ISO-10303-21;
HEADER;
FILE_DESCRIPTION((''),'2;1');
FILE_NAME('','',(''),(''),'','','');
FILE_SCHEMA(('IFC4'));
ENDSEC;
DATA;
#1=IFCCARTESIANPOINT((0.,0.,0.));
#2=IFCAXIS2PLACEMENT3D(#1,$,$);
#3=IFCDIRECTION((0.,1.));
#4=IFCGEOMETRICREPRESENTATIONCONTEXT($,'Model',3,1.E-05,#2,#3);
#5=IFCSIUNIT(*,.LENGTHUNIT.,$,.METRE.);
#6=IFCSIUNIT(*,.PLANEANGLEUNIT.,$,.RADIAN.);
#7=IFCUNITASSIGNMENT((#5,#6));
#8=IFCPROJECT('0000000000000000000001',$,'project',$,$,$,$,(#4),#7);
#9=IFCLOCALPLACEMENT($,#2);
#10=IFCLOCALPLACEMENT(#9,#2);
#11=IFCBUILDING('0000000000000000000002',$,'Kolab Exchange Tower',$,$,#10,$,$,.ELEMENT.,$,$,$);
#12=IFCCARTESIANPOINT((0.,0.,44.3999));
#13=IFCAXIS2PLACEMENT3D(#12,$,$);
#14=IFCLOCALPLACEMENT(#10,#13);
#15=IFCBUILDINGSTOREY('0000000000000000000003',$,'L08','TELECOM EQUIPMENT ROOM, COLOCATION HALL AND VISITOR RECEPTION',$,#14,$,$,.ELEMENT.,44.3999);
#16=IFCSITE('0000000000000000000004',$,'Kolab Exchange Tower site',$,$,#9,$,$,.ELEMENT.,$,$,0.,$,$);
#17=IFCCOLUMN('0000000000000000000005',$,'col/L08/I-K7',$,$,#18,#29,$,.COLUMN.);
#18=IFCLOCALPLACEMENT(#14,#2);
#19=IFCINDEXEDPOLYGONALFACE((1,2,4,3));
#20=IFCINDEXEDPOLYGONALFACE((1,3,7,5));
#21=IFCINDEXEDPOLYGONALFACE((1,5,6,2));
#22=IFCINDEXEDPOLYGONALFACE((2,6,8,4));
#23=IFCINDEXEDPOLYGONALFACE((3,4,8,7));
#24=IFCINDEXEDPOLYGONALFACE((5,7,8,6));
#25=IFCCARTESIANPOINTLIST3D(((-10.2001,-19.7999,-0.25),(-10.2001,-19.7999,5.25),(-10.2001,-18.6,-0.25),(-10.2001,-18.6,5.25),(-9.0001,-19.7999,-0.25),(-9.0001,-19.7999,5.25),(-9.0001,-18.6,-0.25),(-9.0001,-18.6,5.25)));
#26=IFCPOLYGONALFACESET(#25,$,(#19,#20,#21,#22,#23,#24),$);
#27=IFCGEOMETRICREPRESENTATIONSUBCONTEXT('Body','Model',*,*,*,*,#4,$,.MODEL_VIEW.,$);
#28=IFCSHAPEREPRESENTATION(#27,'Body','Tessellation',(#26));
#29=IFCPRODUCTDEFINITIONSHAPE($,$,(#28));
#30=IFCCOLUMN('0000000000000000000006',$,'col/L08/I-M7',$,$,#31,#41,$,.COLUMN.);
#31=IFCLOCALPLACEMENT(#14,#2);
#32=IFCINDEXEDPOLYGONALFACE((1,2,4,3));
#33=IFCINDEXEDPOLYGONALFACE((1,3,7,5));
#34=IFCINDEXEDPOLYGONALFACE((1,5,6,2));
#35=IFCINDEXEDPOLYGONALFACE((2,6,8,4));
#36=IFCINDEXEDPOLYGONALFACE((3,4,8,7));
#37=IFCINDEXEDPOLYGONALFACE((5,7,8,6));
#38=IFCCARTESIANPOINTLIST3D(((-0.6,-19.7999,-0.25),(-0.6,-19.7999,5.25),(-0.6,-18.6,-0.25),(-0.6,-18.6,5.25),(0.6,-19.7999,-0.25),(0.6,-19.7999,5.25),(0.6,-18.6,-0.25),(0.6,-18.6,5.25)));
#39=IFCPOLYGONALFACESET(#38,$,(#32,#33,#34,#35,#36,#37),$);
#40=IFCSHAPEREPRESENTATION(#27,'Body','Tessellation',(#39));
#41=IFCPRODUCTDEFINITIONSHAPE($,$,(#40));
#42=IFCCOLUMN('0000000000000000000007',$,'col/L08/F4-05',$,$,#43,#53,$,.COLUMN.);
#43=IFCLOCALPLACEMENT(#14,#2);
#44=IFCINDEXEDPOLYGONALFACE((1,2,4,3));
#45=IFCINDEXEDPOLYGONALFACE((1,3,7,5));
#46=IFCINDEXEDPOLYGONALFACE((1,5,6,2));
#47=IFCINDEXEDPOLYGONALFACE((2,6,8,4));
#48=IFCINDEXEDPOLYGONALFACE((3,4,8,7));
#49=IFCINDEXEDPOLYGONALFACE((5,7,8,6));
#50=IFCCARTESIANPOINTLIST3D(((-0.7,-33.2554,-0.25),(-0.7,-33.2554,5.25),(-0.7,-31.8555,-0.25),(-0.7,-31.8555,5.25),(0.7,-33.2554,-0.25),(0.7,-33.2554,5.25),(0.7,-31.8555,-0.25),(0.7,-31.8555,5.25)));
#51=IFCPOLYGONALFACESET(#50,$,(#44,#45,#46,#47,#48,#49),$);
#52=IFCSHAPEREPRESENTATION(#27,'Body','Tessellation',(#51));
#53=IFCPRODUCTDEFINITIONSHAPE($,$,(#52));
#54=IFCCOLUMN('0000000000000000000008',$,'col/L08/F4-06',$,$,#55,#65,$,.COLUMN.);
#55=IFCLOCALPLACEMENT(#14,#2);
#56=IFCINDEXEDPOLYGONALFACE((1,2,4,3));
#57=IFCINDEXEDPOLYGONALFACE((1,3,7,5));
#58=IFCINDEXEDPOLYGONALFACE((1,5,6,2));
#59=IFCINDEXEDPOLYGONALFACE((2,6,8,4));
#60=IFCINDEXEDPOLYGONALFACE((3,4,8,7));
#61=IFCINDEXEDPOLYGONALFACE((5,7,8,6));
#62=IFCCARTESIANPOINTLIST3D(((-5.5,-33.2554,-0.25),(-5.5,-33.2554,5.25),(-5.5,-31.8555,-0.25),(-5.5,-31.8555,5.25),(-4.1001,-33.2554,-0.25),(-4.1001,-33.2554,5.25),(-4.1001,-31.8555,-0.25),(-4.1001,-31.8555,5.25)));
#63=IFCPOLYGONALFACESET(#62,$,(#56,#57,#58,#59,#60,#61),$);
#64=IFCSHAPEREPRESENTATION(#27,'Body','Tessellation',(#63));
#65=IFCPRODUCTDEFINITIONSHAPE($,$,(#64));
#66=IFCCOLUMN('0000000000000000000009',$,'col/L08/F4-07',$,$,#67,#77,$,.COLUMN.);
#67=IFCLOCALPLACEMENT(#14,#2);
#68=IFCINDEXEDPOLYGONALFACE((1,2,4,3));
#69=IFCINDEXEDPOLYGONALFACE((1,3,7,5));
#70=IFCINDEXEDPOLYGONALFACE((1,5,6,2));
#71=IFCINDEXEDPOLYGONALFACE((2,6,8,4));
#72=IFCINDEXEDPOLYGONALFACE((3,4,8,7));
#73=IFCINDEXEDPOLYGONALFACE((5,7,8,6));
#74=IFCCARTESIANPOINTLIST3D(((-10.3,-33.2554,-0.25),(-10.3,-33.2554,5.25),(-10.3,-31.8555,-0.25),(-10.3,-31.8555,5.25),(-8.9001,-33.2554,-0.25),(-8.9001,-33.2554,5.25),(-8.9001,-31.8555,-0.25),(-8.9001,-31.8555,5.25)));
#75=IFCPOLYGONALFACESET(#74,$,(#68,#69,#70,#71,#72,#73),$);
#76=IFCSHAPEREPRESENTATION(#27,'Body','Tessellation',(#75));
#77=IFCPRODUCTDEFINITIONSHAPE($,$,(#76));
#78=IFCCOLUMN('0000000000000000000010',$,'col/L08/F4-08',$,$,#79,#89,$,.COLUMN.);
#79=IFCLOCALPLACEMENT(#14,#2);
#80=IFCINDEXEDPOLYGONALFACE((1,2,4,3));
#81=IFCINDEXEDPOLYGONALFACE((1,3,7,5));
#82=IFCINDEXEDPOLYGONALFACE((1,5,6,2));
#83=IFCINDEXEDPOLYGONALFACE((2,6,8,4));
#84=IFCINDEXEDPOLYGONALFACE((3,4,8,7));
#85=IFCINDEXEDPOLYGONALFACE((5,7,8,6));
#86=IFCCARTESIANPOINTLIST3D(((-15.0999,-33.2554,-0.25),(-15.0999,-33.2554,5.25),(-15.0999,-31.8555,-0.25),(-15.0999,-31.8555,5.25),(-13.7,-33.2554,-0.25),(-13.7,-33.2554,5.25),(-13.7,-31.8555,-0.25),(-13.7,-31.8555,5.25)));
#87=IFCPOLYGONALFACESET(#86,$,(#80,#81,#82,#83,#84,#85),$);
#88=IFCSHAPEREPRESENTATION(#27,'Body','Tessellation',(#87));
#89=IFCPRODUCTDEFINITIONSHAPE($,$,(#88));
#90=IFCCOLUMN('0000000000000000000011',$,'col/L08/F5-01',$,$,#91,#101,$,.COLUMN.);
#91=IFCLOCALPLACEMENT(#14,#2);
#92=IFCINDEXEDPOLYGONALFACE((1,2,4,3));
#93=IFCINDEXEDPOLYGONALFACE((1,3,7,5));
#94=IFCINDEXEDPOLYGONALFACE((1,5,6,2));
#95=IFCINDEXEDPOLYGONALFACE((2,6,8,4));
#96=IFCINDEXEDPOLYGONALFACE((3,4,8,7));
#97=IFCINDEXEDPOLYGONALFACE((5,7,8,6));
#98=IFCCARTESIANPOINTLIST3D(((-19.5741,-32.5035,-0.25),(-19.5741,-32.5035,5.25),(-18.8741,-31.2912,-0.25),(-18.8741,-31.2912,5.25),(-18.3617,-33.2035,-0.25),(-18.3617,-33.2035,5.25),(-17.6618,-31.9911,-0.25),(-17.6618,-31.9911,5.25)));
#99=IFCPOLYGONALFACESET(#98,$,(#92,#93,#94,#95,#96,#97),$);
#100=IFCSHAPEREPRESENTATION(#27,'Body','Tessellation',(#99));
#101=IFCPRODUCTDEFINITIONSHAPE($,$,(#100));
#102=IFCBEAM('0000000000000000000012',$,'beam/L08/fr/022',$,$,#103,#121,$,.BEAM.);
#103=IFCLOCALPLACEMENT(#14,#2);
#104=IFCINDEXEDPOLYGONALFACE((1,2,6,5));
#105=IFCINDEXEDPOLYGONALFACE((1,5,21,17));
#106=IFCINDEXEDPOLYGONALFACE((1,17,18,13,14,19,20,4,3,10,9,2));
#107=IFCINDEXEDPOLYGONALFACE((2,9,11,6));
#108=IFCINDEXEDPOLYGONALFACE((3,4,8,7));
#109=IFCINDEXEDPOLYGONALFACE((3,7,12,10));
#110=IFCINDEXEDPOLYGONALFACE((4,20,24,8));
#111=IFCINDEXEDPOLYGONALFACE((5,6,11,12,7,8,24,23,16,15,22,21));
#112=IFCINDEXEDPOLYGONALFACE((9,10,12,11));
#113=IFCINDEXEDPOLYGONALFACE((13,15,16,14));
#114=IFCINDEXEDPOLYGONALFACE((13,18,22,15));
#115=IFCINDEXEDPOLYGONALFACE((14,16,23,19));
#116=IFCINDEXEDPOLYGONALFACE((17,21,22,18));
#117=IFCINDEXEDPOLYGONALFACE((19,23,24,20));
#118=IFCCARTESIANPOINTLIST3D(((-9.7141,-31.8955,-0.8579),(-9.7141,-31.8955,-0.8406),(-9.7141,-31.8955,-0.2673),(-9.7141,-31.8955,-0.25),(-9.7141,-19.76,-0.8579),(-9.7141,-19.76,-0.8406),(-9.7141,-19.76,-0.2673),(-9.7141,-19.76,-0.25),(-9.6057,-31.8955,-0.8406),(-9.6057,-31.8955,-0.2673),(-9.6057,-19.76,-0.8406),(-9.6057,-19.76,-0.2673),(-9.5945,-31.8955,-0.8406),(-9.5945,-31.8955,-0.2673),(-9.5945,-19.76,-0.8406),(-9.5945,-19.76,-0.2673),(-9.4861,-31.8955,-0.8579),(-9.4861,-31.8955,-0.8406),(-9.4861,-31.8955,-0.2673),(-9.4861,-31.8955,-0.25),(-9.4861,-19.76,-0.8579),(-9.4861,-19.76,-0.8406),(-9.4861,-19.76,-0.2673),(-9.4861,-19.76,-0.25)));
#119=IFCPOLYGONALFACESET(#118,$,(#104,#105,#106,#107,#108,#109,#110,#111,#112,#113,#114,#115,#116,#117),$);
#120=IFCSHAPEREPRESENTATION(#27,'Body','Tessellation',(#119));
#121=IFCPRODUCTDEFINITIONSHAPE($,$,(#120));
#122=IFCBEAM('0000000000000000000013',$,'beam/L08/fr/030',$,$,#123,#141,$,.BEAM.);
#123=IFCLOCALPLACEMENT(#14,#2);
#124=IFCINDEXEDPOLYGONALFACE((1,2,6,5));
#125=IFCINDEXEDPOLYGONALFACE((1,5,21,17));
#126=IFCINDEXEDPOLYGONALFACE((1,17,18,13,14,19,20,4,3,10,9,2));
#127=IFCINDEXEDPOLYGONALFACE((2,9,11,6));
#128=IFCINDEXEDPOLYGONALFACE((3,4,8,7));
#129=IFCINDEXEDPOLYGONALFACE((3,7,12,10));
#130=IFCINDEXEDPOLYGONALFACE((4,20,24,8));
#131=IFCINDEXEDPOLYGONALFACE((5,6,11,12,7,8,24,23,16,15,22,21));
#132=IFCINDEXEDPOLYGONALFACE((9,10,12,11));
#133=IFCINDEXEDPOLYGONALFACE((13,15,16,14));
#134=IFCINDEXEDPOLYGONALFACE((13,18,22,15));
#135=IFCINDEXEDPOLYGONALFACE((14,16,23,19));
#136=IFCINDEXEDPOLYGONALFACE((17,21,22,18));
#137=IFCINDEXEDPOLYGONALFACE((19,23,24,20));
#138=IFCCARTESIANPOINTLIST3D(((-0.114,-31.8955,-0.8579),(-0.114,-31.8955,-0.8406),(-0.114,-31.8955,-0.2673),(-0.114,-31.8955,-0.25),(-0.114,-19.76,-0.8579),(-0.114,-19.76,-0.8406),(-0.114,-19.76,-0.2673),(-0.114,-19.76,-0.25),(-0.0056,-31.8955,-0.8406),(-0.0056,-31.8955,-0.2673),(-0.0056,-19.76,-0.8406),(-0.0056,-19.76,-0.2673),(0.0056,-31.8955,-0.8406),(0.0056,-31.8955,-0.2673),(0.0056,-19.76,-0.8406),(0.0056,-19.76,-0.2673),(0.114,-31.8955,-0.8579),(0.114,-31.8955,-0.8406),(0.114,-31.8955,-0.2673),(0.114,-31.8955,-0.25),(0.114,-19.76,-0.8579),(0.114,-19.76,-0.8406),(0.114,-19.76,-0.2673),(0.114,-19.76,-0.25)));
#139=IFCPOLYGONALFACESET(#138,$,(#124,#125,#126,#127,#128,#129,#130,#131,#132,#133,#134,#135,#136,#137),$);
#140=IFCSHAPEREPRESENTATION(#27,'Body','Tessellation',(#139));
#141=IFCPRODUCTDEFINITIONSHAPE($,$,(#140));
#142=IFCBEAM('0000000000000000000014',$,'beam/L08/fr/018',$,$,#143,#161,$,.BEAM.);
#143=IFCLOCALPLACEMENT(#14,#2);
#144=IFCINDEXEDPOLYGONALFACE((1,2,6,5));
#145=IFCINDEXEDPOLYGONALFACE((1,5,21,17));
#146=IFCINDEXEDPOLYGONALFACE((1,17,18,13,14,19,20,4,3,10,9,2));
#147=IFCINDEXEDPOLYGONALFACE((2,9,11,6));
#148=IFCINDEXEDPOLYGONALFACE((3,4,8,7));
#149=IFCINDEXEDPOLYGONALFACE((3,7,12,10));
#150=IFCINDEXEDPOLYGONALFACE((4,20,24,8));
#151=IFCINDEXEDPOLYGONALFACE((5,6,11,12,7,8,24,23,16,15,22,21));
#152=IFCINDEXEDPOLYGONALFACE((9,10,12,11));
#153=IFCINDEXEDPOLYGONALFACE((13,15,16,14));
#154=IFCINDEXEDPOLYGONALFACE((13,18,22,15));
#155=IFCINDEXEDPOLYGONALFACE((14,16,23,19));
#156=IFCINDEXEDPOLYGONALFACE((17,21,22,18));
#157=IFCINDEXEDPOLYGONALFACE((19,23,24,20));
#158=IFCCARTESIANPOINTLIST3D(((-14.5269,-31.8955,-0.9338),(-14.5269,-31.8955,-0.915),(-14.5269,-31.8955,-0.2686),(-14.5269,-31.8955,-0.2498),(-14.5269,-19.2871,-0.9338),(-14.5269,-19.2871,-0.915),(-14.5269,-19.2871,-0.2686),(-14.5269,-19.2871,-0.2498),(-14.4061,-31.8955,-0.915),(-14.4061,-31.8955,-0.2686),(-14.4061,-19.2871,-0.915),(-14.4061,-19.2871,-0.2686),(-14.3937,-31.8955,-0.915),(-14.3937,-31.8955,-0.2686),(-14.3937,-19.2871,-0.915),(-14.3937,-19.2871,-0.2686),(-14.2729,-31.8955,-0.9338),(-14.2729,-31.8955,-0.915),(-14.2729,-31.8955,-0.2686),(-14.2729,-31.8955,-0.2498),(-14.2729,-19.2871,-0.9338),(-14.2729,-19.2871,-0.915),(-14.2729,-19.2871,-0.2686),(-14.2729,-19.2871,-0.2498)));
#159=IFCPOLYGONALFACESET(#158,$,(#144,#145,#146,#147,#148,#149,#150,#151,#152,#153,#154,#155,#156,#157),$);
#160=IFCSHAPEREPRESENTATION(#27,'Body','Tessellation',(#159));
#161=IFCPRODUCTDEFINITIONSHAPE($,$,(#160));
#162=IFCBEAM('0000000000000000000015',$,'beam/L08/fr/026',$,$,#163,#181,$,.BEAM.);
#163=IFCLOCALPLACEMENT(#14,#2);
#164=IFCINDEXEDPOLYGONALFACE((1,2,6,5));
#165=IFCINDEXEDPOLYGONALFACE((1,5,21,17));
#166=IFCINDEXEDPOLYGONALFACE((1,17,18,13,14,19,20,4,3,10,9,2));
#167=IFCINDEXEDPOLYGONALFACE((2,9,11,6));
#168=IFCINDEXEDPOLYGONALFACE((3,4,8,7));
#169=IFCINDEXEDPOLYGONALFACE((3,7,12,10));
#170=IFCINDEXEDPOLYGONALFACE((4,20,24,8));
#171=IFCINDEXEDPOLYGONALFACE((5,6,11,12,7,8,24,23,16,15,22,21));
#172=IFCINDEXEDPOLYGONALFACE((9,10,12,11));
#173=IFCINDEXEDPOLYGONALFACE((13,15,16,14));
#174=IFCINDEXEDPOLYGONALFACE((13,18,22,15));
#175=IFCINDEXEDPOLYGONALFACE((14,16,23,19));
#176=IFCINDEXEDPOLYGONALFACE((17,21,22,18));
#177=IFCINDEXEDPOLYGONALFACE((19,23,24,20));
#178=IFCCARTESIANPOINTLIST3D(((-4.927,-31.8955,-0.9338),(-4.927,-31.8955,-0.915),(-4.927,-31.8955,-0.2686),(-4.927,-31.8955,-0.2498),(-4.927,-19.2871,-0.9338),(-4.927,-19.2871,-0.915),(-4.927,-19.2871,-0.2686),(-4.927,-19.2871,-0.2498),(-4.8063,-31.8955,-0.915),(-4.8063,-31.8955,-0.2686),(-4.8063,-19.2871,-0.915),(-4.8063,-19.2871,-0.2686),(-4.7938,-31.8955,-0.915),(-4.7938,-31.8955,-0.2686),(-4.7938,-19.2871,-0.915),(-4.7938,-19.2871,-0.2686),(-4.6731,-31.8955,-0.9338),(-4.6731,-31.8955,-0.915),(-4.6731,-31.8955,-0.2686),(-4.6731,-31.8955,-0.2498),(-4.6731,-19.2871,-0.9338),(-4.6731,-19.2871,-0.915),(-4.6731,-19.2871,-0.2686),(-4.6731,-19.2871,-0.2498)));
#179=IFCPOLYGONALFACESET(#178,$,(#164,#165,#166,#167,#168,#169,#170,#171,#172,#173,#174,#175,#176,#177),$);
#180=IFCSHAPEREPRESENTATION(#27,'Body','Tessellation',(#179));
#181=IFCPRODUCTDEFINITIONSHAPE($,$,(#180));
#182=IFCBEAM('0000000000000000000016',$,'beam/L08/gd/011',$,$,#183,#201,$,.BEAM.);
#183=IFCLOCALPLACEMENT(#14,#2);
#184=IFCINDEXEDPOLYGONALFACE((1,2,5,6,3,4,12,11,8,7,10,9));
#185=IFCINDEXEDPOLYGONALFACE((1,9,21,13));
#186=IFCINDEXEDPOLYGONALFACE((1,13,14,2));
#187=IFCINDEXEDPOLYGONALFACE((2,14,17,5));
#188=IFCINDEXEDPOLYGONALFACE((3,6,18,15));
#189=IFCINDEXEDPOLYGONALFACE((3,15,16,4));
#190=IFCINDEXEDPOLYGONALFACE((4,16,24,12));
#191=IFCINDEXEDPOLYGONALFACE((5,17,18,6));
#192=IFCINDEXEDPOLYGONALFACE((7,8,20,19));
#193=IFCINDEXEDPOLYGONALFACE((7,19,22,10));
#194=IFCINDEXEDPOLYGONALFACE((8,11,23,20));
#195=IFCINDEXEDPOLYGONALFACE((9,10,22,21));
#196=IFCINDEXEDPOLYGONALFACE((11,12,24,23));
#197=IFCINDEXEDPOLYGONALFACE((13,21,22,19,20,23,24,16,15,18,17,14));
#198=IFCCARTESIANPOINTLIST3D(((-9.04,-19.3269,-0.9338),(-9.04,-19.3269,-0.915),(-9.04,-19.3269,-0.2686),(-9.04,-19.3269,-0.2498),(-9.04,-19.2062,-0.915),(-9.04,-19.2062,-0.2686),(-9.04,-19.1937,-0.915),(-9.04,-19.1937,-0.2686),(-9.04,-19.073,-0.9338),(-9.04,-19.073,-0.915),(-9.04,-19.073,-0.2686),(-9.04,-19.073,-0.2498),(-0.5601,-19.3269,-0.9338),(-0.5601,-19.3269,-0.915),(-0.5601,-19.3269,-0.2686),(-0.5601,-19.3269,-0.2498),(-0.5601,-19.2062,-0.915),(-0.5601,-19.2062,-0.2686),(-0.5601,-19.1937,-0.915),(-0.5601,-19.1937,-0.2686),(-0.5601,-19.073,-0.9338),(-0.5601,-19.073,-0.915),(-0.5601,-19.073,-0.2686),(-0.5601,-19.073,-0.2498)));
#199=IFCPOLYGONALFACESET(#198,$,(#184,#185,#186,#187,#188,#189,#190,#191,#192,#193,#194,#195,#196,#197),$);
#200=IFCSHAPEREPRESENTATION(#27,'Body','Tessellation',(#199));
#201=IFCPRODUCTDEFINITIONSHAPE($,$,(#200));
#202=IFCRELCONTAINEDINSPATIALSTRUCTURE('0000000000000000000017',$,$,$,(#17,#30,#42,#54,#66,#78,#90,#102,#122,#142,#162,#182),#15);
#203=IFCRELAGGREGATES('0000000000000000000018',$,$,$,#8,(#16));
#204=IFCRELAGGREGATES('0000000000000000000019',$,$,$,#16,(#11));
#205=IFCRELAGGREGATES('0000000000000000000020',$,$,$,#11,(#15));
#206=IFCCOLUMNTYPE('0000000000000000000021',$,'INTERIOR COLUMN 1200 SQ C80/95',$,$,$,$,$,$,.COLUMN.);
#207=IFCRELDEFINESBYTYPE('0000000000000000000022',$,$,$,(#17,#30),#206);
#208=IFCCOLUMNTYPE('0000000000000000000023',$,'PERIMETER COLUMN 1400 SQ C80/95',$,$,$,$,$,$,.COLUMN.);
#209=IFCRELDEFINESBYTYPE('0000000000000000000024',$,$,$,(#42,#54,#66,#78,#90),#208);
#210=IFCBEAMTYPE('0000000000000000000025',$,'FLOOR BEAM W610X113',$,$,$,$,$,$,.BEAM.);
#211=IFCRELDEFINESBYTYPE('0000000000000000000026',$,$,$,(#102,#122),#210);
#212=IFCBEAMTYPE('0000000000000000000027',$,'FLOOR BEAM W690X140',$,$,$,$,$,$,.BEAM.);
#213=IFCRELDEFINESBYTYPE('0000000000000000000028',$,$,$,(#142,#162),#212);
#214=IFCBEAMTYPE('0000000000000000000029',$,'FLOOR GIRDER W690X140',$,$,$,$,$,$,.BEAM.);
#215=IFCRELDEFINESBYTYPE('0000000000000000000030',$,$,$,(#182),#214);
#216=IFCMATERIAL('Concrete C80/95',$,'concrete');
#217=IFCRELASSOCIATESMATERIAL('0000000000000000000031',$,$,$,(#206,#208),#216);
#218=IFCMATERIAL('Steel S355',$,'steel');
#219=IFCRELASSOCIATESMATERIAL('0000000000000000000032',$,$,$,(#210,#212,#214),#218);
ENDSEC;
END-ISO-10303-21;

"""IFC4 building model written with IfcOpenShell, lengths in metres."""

from ifc_helpers import new_model, si_unit, direction, frame, origin, origin_2d, place, context, subcontext, project, spatial, rectangle, i_section, extrude, material, material_profile, profile_set, type_object, element, save


model = new_model("IFC4")

# Units and contexts
model_context = context("Model", 3, precision=1e-05, world=origin(), true_north=direction((0.0, 1.0)))
body_context = subcontext(model_context, "Body", "Model", "MODEL_VIEW")
ifc_project = project(units=[si_unit("LENGTHUNIT", "METRE"), si_unit("PLANEANGLEUNIT", "RADIAN")], contexts=[model_context])

# Site, building, storey
site_placement = place(None, origin())
site = spatial("IfcSite", under=ifc_project, at=site_placement, Name="Kolab Exchange Tower site", CompositionType="ELEMENT", RefElevation=0.0)
building_placement = place(site_placement, origin())
building = spatial("IfcBuilding", under=site, at=building_placement, Name="Kolab Exchange Tower", CompositionType="ELEMENT")
storey_placement = place(building_placement, frame((0.0, 0.0, 44.3999)))
storey = spatial("IfcBuildingStorey", under=building, at=storey_placement, Name="L08", Description="TELECOM EQUIPMENT ROOM, COLOCATION HALL AND VISITOR RECEPTION", CompositionType="ELEMENT", Elevation=44.3999)

# Columns
ifc_material_1 = material(Name="Concrete C80/95", Category="concrete")
ifc_material_profile_1 = material_profile(ifc_material_1, rectangle(XDim=1.2, YDim=1.2, at=origin_2d()), Name="RC1200")
ifc_profile_set_1 = profile_set([ifc_material_profile_1], Name="Concrete C80/95")
column_type_1 = type_object("IfcColumnType", Name="INTERIOR COLUMN 1200 SQ C80/95", PredefinedType="COLUMN", material=ifc_profile_set_1)
for number, where, z_axis, x_axis, name in (
    (1, (-9.6001, -19.2, -0.25), (0.0, 0.0, 1.0), (1.0, 0.0, 0.0), "col/L08/I-K7"),
    (2, (0.0, -19.2, -0.25), (0.0, 0.0, 1.0), (1.0, 0.0, 0.0), "col/L08/I-M7"),
):
    element("IfcColumn", number, at=place(storey_placement, frame(where, z_axis=z_axis, x_axis=x_axis)), inside=storey, type_object=column_type_1, Name=name, PredefinedType="COLUMN", context=body_context, shape_type="SweptSolid", body=[
        extrude(rectangle(XDim=1.2, YDim=1.2, at=origin_2d()), origin(), (0.0, 0.0, 1.0), 5.5),
    ])
ifc_material_profile_2 = material_profile(ifc_material_1, rectangle(XDim=1.3999, YDim=1.3999, at=origin_2d()), Name="RC1400")
ifc_profile_set_2 = profile_set([ifc_material_profile_2], Name="Concrete C80/95")
column_type_2 = type_object("IfcColumnType", Name="PERIMETER COLUMN 1400 SQ C80/95", PredefinedType="COLUMN", material=ifc_profile_set_2)
for number, where, z_axis, x_axis, name in (
    (3, (0.0, -32.5554, -0.25), (0.0, 0.0, 1.0), (1.0, 0.0, 0.0), "col/L08/F4-05"),
    (4, (-4.8, -32.5554, -0.25), (0.0, 0.0, 1.0), (1.0, 0.0, 0.0), "col/L08/F4-06"),
    (5, (-9.6001, -32.5554, -0.25), (0.0, 0.0, 1.0), (1.0, 0.0, 0.0), "col/L08/F4-07"),
    (6, (-14.3999, -32.5554, -0.25), (0.0, 0.0, 1.0), (1.0, 0.0, 0.0), "col/L08/F4-08"),
    (7, (-18.6179, -32.2473, -0.25), (0.0, 0.0, 1.0), (0.5, 0.866025, 0.0), "col/L08/F5-01"),
):
    element("IfcColumn", number, at=place(storey_placement, frame(where, z_axis=z_axis, x_axis=x_axis)), inside=storey, type_object=column_type_2, Name=name, PredefinedType="COLUMN", context=body_context, shape_type="SweptSolid", body=[
        extrude(rectangle(XDim=1.3999, YDim=1.3999, at=origin_2d()), origin(), (0.0, 0.0, 1.0), 5.5),
    ])

# Beams
ifc_material_2 = material(Name="Steel S355", Category="steel")
ifc_material_profile_3 = material_profile(ifc_material_2, i_section(OverallWidth=0.228, OverallDepth=0.6079, WebThickness=0.0112, FlangeThickness=0.0173, at=origin_2d()), Name="W610X113")
ifc_profile_set_3 = profile_set([ifc_material_profile_3], Name="Steel S355")
beam_type_1 = type_object("IfcBeamType", Name="FLOOR BEAM W610X113", PredefinedType="BEAM", material=ifc_profile_set_3)
for number, where, z_axis, x_axis, name in (
    (8, (-9.6001, -31.8955, -0.554), (0.0, 1.0, 0.0), (-1.0, 0.0, 0.0), "beam/L08/fr/022"),
    (9, (0.0, -31.8955, -0.554), (0.0, 1.0, 0.0), (-1.0, 0.0, 0.0), "beam/L08/fr/030"),
):
    element("IfcBeam", number, at=place(storey_placement, frame(where, z_axis=z_axis, x_axis=x_axis)), inside=storey, type_object=beam_type_1, Name=name, PredefinedType="BEAM", context=body_context, shape_type="SweptSolid", body=[
        extrude(i_section(OverallWidth=0.228, OverallDepth=0.6079, WebThickness=0.0112, FlangeThickness=0.0173, at=origin_2d()), origin(), (0.0, 0.0, 1.0), 12.1355),
    ])
ifc_material_profile_4 = material_profile(ifc_material_2, i_section(OverallWidth=0.2539, OverallDepth=0.6841, WebThickness=0.0125, FlangeThickness=0.0188, at=origin_2d()), Name="W690X140")
ifc_profile_set_4 = profile_set([ifc_material_profile_4], Name="Steel S355")
beam_type_2 = type_object("IfcBeamType", Name="FLOOR BEAM W690X140", PredefinedType="BEAM", material=ifc_profile_set_4)
for number, where, z_axis, x_axis, name in (
    (10, (-14.3999, -31.8955, -0.5918), (0.0, 1.0, 0.0), (-1.0, 0.0, 0.0), "beam/L08/fr/018"),
    (11, (-4.8, -31.8955, -0.5918), (0.0, 1.0, 0.0), (-1.0, 0.0, 0.0), "beam/L08/fr/026"),
):
    element("IfcBeam", number, at=place(storey_placement, frame(where, z_axis=z_axis, x_axis=x_axis)), inside=storey, type_object=beam_type_2, Name=name, PredefinedType="BEAM", context=body_context, shape_type="SweptSolid", body=[
        extrude(i_section(OverallWidth=0.2539, OverallDepth=0.6841, WebThickness=0.0125, FlangeThickness=0.0188, at=origin_2d()), origin(), (0.0, 0.0, 1.0), 12.6084),
    ])
ifc_material_profile_5 = material_profile(ifc_material_2, i_section(OverallWidth=0.2539, OverallDepth=0.6841, WebThickness=0.0125, FlangeThickness=0.0188, at=origin_2d()), Name="W690X140")
ifc_profile_set_5 = profile_set([ifc_material_profile_5], Name="Steel S355")
beam_type_3 = type_object("IfcBeamType", Name="FLOOR GIRDER W690X140", PredefinedType="BEAM", material=ifc_profile_set_5)
beam_1_placement = place(storey_placement, frame((-9.04, -19.2, -0.5918), z_axis=(1.0, 0.0, 0.0), x_axis=(0.0, 1.0, 0.0)))
element("IfcBeam", 12, at=beam_1_placement, inside=storey, type_object=beam_type_3, Name="beam/L08/gd/011", PredefinedType="BEAM", context=body_context, shape_type="SweptSolid", body=[
    extrude(i_section(OverallWidth=0.2539, OverallDepth=0.6841, WebThickness=0.0125, FlangeThickness=0.0188, at=origin_2d()), origin(), (0.0, 0.0, 1.0), 8.48),
])

save(model, "model.ifc")
